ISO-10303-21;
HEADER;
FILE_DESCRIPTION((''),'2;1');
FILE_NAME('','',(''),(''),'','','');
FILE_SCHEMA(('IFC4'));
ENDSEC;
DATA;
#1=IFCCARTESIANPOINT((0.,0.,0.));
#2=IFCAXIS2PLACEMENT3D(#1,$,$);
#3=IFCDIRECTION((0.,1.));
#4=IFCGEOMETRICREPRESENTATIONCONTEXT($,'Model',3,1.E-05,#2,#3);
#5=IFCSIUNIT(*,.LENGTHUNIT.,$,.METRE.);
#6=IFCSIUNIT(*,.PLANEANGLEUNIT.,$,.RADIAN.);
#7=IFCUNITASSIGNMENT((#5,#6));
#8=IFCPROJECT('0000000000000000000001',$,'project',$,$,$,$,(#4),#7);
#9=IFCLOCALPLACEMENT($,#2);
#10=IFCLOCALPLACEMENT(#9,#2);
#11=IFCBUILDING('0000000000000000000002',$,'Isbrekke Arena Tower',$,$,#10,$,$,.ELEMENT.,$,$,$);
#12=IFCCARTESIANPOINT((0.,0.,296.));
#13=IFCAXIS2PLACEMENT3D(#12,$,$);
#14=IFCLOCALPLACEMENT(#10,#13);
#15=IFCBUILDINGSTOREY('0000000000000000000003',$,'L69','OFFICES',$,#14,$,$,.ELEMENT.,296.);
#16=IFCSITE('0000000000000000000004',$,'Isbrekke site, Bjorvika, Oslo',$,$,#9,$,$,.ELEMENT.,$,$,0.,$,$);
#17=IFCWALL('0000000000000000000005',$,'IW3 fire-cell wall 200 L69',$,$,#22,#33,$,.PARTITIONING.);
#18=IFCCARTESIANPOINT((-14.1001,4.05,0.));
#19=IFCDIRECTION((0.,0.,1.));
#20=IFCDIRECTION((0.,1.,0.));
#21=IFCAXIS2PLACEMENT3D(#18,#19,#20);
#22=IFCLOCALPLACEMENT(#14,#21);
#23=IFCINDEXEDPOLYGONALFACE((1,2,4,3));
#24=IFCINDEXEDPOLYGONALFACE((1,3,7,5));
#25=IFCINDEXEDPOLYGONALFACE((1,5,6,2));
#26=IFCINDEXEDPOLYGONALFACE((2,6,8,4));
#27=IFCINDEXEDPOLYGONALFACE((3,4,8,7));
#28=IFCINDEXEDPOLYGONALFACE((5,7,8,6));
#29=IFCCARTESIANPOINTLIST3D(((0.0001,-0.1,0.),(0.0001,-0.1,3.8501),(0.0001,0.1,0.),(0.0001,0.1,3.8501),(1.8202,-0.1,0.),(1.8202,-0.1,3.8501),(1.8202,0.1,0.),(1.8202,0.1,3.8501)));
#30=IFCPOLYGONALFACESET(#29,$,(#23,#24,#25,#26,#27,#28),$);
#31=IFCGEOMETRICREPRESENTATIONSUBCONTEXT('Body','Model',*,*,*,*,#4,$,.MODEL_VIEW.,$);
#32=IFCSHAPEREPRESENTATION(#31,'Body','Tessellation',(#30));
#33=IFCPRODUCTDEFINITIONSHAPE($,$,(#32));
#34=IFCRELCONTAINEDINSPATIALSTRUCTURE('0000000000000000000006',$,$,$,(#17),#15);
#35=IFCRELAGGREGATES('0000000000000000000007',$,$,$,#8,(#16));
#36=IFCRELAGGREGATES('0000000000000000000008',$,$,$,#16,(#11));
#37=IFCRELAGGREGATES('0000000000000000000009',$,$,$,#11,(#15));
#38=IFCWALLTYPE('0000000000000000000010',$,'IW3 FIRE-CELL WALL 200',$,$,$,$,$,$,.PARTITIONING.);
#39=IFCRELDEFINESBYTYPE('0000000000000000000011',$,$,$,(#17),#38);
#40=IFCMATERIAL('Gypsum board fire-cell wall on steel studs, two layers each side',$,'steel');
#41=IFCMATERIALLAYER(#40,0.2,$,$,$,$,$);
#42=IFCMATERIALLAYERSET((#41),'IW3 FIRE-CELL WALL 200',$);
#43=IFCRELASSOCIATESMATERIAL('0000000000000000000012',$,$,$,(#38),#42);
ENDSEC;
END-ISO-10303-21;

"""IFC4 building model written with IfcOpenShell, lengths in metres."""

from ifc_helpers import new_model, si_unit, direction, frame, frame_2d, origin, place, context, subcontext, project, spatial, rectangle, extrude, material, layer, layer_set, type_object, element, save


model = new_model("IFC4")

# Units and contexts
model_context = context("Model", 3, precision=1e-05, world=origin(), true_north=direction((0.0, 1.0)))
body_context = subcontext(model_context, "Body", "Model", "MODEL_VIEW")
ifc_project = project(units=[si_unit("LENGTHUNIT", "METRE"), si_unit("PLANEANGLEUNIT", "RADIAN")], contexts=[model_context])

# Site, building, storey
site_placement = place(None, origin())
site = spatial("IfcSite", under=ifc_project, at=site_placement, Name="Isbrekke site, Bjorvika, Oslo", CompositionType="ELEMENT", RefElevation=0.0)
building_placement = place(site_placement, origin())
building = spatial("IfcBuilding", under=site, at=building_placement, Name="Isbrekke Arena Tower", CompositionType="ELEMENT")
storey_placement = place(building_placement, frame((0.0, 0.0, 296.0)))
storey = spatial("IfcBuildingStorey", under=building, at=storey_placement, Name="L69", Description="OFFICES", CompositionType="ELEMENT", Elevation=296.0)

# Shared definitions
ifc_material_1 = material(Name="Gypsum board fire-cell wall on steel studs, two layers each side", Category="steel")
ifc_layer_1 = layer(ifc_material_1, 0.2)
ifc_layer_set_1 = layer_set([ifc_layer_1], Name="IW3 FIRE-CELL WALL 200")
wall_type_1 = type_object("IfcWallType", Name="IW3 FIRE-CELL WALL 200", PredefinedType="PARTITIONING", material=ifc_layer_set_1)

# Wall
wall_1_placement = place(storey_placement, frame((-14.1001, 4.05, 0.0), z_axis=(0.0, 0.0, 1.0), x_axis=(0.0, 1.0, 0.0)))
element("IfcWall", 1, at=wall_1_placement, inside=storey, type_object=wall_type_1, Name="IW3 fire-cell wall 200 L69", PredefinedType="PARTITIONING", context=body_context, shape_type="SweptSolid", body=[
    extrude(rectangle(XDim=1.8201, YDim=0.2, at=frame_2d((0.9102, 0.0))), origin(), (0.0, 0.0, 1.0), 3.8501),
])

save(model, "model.ifc")
